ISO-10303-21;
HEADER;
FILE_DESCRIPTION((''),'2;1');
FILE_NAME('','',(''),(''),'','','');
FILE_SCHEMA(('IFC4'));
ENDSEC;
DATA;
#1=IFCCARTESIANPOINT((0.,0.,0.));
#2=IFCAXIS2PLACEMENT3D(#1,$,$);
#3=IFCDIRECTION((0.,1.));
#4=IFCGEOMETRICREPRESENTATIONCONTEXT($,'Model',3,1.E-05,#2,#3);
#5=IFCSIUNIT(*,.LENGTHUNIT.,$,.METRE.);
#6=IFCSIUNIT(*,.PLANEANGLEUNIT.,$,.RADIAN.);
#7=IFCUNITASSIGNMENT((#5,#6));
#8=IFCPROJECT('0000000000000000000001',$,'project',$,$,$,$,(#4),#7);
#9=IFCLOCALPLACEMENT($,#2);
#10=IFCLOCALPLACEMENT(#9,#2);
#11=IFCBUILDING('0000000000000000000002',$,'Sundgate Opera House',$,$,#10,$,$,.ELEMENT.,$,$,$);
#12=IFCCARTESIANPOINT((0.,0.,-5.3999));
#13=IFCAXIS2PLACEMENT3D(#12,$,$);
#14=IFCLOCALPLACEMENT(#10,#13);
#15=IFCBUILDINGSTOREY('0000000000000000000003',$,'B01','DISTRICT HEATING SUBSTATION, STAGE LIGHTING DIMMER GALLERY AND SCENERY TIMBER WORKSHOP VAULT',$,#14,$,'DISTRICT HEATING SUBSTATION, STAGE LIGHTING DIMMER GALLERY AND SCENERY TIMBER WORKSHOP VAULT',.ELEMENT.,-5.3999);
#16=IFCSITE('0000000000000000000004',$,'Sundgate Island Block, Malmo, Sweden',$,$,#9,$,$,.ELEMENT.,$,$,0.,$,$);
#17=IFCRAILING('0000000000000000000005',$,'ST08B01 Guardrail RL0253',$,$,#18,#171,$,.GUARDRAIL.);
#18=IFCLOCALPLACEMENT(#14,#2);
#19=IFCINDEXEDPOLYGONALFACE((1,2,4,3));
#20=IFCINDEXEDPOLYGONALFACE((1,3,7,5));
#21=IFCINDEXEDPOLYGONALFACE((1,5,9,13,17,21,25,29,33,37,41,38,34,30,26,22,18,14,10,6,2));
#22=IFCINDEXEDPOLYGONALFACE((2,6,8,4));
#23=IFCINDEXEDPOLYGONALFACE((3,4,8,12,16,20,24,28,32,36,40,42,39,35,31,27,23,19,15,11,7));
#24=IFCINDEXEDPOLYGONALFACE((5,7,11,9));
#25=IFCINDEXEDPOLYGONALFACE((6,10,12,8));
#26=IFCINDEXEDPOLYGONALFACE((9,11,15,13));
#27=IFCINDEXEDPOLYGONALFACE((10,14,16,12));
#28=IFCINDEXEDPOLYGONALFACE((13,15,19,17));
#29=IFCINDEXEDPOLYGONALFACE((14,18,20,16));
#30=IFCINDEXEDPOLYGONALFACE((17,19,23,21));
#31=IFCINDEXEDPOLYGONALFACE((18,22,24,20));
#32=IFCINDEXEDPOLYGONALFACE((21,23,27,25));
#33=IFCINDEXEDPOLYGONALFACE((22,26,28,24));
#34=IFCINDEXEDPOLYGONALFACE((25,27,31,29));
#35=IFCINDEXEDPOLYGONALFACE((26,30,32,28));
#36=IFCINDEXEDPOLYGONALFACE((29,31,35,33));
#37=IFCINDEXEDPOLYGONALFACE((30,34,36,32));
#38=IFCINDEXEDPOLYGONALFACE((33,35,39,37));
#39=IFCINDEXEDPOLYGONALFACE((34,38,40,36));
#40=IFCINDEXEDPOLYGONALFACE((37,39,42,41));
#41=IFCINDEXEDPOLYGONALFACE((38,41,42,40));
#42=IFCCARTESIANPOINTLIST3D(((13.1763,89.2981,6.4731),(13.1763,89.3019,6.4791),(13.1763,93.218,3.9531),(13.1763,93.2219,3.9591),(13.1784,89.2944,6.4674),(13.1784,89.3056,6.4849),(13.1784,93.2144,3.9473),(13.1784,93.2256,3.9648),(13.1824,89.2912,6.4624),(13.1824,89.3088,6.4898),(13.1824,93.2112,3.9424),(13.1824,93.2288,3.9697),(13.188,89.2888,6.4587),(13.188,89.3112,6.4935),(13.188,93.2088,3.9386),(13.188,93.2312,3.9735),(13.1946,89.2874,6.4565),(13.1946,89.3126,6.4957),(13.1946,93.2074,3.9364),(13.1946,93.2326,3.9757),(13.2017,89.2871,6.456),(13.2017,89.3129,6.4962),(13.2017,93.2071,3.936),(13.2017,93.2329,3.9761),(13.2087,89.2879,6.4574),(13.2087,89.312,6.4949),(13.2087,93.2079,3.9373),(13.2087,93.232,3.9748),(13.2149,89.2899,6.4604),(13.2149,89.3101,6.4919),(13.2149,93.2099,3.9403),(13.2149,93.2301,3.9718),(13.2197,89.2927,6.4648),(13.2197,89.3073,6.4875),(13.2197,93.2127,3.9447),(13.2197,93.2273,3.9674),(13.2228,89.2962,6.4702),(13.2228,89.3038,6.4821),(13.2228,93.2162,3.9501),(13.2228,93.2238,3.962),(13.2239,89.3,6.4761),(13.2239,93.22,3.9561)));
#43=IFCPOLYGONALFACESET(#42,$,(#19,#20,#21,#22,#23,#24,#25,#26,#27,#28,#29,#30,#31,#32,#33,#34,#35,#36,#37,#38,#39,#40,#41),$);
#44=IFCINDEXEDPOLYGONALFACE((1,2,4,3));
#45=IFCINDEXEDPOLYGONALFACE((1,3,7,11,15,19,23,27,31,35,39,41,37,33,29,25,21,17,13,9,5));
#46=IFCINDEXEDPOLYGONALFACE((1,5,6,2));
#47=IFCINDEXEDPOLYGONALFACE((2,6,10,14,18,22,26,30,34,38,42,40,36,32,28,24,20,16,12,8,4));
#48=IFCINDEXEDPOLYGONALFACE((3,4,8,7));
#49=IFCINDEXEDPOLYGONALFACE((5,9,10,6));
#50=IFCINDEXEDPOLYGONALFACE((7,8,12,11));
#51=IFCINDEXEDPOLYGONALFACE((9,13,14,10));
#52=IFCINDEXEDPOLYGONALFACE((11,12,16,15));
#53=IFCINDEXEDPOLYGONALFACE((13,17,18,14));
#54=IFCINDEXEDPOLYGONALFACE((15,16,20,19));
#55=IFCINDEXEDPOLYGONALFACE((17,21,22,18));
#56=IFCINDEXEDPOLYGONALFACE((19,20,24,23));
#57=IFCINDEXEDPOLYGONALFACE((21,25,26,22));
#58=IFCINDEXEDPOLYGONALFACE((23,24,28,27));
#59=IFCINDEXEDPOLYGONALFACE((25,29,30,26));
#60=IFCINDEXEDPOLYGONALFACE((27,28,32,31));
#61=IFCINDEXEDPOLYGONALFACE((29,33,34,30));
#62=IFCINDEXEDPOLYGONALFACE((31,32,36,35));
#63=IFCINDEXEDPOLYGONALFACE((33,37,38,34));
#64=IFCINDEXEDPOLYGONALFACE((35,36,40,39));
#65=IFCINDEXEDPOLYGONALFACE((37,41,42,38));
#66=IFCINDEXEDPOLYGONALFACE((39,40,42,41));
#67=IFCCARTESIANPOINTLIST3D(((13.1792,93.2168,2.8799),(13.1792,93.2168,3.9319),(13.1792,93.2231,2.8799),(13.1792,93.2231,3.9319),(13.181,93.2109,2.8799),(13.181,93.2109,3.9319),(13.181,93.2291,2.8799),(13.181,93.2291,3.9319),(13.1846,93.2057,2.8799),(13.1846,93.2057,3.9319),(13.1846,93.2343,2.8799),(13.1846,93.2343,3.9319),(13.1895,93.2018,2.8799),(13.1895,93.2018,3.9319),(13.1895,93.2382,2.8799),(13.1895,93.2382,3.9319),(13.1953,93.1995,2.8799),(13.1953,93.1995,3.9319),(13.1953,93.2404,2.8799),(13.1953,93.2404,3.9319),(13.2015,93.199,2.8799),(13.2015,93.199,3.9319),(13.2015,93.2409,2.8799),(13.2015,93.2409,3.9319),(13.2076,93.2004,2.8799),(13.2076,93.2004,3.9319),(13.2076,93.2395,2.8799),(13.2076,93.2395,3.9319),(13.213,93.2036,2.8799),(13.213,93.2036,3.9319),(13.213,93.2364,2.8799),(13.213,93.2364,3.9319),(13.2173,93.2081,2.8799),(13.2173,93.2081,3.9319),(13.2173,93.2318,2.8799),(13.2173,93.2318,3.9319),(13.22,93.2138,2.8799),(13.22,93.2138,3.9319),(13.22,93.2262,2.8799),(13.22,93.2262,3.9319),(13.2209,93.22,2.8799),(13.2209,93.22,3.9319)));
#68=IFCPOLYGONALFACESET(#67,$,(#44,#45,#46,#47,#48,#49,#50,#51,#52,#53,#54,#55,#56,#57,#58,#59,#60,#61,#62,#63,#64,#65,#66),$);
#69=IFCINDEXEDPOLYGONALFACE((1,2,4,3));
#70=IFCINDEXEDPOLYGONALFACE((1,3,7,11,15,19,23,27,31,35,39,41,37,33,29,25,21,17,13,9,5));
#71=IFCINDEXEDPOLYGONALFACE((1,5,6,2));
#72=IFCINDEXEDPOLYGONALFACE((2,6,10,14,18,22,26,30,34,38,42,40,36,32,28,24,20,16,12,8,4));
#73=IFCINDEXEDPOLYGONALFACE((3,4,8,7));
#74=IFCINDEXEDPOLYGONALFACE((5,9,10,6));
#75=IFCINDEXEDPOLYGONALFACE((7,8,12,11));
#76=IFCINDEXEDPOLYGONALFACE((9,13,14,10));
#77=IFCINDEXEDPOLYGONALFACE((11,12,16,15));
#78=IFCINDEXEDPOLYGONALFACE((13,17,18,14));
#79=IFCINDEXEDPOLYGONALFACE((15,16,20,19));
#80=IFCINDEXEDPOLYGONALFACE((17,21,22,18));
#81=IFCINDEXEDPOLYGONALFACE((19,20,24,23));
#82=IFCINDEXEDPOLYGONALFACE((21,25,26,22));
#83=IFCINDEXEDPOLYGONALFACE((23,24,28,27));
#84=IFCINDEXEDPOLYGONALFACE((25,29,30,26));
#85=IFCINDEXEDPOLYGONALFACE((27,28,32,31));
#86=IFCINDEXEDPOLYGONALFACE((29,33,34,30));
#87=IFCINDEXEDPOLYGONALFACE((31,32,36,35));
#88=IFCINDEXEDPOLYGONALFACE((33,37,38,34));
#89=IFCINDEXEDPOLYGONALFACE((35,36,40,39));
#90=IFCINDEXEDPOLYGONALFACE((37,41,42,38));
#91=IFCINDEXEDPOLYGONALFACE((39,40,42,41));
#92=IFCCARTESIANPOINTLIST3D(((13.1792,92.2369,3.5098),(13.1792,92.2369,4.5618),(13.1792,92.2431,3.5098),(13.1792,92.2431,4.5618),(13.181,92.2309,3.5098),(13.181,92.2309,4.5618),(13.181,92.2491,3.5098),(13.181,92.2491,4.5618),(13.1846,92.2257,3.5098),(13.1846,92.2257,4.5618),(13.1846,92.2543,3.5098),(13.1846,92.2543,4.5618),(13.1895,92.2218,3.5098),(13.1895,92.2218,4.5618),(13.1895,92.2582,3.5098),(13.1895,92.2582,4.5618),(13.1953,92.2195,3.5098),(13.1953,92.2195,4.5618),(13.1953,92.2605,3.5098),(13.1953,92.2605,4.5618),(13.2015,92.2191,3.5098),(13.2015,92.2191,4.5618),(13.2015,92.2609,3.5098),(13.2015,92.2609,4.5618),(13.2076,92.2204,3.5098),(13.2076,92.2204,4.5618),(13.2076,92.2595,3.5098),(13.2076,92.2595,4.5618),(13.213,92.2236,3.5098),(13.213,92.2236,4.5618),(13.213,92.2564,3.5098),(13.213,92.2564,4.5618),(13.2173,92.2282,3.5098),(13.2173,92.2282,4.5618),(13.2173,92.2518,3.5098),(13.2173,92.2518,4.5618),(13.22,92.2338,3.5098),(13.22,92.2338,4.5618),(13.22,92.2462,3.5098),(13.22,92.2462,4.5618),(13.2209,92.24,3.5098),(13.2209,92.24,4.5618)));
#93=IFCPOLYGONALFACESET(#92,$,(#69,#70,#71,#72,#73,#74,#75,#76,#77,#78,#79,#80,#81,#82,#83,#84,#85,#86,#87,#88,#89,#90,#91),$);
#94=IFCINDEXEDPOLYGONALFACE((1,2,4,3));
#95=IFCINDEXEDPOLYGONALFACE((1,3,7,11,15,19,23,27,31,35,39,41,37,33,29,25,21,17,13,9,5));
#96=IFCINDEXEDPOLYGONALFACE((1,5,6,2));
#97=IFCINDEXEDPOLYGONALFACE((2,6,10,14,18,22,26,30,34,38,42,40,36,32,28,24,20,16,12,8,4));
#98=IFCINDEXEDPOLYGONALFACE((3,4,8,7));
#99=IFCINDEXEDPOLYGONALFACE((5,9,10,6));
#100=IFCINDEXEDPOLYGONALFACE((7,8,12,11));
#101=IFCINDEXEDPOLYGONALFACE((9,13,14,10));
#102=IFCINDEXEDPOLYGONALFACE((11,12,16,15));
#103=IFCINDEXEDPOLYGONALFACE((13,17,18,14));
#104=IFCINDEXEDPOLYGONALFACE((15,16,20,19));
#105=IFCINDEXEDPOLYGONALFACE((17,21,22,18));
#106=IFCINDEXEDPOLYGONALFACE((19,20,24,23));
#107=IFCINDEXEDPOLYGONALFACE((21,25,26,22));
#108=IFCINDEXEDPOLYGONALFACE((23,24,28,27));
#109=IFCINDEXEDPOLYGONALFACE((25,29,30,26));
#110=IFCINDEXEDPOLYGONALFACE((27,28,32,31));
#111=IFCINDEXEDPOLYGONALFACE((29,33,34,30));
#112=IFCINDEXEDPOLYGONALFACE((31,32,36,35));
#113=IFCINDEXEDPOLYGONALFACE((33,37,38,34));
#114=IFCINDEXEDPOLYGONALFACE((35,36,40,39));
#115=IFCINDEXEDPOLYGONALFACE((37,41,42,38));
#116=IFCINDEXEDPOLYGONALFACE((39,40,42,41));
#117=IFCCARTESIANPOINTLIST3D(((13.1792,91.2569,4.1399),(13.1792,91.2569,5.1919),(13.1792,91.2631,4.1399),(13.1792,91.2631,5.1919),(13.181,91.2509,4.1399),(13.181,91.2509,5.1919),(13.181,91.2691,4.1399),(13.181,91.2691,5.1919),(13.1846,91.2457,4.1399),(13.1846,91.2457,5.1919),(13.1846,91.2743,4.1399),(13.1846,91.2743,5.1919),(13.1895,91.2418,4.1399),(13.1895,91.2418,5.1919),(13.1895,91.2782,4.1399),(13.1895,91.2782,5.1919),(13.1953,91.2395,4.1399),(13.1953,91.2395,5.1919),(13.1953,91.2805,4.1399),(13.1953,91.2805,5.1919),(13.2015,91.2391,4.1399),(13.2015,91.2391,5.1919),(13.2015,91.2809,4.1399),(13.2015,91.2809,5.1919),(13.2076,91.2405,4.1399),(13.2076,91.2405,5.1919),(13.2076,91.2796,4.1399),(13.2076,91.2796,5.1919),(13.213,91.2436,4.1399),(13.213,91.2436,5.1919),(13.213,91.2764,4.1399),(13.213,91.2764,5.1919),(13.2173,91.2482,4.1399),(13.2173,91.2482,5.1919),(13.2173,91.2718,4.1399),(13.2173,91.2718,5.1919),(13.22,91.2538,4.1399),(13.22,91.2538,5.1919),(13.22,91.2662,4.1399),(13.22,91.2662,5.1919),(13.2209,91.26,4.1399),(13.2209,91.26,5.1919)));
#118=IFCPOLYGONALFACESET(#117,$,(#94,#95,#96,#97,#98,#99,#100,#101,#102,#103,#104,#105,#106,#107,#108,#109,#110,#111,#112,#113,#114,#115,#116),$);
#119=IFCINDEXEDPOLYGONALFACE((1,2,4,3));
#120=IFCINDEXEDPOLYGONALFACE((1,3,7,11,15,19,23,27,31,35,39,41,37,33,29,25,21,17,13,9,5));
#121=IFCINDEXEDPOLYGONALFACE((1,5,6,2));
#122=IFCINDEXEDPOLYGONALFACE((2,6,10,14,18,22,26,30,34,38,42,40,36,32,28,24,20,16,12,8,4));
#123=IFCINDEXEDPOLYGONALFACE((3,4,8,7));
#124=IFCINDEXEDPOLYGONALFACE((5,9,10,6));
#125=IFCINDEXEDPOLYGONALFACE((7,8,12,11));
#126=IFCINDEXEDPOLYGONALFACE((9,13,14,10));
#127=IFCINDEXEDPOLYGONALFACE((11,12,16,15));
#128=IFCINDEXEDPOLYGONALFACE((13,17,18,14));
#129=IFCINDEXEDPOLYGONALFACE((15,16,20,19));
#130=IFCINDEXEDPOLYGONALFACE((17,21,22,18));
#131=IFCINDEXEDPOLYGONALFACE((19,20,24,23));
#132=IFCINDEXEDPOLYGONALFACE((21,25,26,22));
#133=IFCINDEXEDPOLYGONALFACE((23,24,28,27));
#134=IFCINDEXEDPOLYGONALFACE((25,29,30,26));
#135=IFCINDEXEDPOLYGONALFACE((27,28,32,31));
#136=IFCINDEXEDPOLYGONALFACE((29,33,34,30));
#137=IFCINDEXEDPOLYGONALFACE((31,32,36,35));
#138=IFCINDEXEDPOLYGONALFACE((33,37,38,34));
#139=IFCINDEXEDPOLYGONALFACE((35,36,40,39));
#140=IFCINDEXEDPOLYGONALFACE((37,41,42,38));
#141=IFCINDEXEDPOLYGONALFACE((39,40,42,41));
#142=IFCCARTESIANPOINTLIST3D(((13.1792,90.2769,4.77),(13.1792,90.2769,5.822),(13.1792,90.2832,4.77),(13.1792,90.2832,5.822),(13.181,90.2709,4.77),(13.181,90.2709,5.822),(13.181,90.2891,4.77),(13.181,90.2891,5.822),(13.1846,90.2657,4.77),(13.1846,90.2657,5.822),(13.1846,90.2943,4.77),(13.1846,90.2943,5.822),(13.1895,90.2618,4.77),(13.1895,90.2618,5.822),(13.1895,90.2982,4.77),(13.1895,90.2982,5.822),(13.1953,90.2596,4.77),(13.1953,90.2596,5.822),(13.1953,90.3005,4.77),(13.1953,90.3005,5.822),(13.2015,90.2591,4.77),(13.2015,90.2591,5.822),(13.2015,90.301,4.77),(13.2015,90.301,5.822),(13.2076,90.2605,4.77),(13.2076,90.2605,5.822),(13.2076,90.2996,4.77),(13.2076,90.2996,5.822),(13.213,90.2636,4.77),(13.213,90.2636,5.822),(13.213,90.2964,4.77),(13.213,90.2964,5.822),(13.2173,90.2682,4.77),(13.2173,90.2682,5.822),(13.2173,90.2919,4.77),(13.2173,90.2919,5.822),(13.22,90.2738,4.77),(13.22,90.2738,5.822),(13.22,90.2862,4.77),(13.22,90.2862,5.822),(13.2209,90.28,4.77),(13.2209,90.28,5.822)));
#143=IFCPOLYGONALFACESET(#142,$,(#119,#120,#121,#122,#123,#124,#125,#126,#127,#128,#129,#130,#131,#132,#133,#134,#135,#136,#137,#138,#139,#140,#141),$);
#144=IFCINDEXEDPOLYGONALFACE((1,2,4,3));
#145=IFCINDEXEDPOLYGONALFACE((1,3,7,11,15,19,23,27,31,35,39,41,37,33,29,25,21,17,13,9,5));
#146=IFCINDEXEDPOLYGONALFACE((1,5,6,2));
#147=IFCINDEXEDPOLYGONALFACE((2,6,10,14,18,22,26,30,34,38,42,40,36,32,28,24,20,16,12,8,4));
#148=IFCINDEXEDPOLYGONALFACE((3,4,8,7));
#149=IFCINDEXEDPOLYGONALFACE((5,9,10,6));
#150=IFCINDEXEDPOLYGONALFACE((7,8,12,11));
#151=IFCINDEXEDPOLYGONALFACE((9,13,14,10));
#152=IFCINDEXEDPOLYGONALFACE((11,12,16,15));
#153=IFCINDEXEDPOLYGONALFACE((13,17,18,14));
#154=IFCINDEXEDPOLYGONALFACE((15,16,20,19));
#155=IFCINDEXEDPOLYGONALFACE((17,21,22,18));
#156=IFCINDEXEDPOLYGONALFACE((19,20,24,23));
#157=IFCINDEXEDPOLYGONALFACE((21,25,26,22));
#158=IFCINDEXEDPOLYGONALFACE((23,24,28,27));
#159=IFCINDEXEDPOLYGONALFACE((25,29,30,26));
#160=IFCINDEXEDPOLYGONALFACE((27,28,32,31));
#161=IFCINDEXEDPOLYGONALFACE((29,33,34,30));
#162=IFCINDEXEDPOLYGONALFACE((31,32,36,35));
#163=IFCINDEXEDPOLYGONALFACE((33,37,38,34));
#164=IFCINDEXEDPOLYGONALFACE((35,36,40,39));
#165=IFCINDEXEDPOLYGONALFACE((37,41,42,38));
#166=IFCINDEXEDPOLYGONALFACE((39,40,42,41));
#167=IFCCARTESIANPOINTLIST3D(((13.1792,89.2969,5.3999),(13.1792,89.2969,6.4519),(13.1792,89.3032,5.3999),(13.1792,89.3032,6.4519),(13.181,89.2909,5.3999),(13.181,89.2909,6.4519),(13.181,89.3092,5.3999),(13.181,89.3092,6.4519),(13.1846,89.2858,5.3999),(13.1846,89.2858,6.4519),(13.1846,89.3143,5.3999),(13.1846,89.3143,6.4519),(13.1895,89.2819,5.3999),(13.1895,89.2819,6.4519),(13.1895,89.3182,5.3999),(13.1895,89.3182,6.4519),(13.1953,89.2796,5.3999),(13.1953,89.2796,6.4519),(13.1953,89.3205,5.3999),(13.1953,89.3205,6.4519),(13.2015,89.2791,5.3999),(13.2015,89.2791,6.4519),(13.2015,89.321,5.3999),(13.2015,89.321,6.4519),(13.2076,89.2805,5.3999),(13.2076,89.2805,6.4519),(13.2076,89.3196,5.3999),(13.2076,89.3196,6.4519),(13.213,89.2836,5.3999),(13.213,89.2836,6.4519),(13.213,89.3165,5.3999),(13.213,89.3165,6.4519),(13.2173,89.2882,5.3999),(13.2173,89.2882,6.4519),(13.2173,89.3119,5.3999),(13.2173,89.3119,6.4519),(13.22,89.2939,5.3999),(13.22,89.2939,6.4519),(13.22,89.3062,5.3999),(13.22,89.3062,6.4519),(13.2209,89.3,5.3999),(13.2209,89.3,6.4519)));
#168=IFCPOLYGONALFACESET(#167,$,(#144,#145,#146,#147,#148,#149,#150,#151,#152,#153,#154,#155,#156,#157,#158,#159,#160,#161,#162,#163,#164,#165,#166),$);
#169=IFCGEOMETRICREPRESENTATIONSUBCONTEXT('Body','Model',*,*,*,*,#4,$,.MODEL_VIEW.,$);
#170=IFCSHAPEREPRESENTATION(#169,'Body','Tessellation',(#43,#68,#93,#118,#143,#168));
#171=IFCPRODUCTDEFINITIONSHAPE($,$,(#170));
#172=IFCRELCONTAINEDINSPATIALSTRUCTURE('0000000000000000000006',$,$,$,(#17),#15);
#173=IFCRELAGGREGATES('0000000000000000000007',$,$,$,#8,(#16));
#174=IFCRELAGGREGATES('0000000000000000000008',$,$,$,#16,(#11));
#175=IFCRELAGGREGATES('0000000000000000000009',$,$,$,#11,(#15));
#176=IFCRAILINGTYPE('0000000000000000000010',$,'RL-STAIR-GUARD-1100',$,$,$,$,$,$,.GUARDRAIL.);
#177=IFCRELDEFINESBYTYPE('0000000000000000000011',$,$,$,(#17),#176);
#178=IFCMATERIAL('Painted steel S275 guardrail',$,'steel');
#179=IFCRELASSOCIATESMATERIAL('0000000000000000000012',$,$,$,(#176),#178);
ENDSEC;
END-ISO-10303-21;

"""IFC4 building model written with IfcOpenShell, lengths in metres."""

from ifc_helpers import new_model, si_unit, direction, frame, origin, origin_2d, place, context, subcontext, project, spatial, circle, extrude, material, type_object, element, save


model = new_model("IFC4")

# Units and contexts
model_context = context("Model", 3, precision=1e-05, world=origin(), true_north=direction((0.0, 1.0)))
body_context = subcontext(model_context, "Body", "Model", "MODEL_VIEW")
ifc_project = project(units=[si_unit("LENGTHUNIT", "METRE"), si_unit("PLANEANGLEUNIT", "RADIAN")], contexts=[model_context])

# Site, building, storey
site_placement = place(None, origin())
site = spatial("IfcSite", under=ifc_project, at=site_placement, Name="Sundgate Island Block, Malmo, Sweden", CompositionType="ELEMENT", RefElevation=0.0)
building_placement = place(site_placement, origin())
building = spatial("IfcBuilding", under=site, at=building_placement, Name="Sundgate Opera House", CompositionType="ELEMENT")
storey_placement = place(building_placement, frame((0.0, 0.0, -5.3999)))
storey = spatial("IfcBuildingStorey", under=building, at=storey_placement, Name="B01", Description="DISTRICT HEATING SUBSTATION, STAGE LIGHTING DIMMER GALLERY AND SCENERY TIMBER WORKSHOP VAULT", LongName="DISTRICT HEATING SUBSTATION, STAGE LIGHTING DIMMER GALLERY AND SCENERY TIMBER WORKSHOP VAULT", CompositionType="ELEMENT", Elevation=-5.3999)

# Railing
ifc_material_1 = material(Name="Painted steel S275 guardrail", Category="steel")
railing_type_1 = type_object("IfcRailingType", Name="RL-STAIR-GUARD-1100", PredefinedType="GUARDRAIL", material=ifc_material_1)
railing_1_placement = place(storey_placement, frame((13.2, 93.22, 2.8799)))
element("IfcRailing", 1, at=railing_1_placement, inside=storey, type_object=railing_type_1, Name="ST08B01 Guardrail RL0253", PredefinedType="GUARDRAIL", context=body_context, shape_type="SweptSolid", body=[
    extrude(circle(Radius=0.0239, at=origin_2d()), frame((0.0, 0.0, 1.0762), z_axis=(0.0, -0.841172, 0.540768), x_axis=(1.0, 0.0, 0.0)), (0.0, 0.0, 1.0), 4.6602),
    extrude(circle(Radius=0.021, at=origin_2d()), origin(), (0.0, 0.0, 1.0), 1.052),
    extrude(circle(Radius=0.021, at=origin_2d()), frame((0.0, -0.98, 0.6299)), (0.0, 0.0, 1.0), 1.052),
    extrude(circle(Radius=0.021, at=origin_2d()), frame((0.0, -1.96, 1.26)), (0.0, 0.0, 1.0), 1.052),
    extrude(circle(Radius=0.021, at=origin_2d()), frame((0.0, -2.9399, 1.8901)), (0.0, 0.0, 1.0), 1.052),
    extrude(circle(Radius=0.021, at=origin_2d()), frame((0.0, -3.9199, 2.52)), (0.0, 0.0, 1.0), 1.052),
])

save(model, "model.ifc")
